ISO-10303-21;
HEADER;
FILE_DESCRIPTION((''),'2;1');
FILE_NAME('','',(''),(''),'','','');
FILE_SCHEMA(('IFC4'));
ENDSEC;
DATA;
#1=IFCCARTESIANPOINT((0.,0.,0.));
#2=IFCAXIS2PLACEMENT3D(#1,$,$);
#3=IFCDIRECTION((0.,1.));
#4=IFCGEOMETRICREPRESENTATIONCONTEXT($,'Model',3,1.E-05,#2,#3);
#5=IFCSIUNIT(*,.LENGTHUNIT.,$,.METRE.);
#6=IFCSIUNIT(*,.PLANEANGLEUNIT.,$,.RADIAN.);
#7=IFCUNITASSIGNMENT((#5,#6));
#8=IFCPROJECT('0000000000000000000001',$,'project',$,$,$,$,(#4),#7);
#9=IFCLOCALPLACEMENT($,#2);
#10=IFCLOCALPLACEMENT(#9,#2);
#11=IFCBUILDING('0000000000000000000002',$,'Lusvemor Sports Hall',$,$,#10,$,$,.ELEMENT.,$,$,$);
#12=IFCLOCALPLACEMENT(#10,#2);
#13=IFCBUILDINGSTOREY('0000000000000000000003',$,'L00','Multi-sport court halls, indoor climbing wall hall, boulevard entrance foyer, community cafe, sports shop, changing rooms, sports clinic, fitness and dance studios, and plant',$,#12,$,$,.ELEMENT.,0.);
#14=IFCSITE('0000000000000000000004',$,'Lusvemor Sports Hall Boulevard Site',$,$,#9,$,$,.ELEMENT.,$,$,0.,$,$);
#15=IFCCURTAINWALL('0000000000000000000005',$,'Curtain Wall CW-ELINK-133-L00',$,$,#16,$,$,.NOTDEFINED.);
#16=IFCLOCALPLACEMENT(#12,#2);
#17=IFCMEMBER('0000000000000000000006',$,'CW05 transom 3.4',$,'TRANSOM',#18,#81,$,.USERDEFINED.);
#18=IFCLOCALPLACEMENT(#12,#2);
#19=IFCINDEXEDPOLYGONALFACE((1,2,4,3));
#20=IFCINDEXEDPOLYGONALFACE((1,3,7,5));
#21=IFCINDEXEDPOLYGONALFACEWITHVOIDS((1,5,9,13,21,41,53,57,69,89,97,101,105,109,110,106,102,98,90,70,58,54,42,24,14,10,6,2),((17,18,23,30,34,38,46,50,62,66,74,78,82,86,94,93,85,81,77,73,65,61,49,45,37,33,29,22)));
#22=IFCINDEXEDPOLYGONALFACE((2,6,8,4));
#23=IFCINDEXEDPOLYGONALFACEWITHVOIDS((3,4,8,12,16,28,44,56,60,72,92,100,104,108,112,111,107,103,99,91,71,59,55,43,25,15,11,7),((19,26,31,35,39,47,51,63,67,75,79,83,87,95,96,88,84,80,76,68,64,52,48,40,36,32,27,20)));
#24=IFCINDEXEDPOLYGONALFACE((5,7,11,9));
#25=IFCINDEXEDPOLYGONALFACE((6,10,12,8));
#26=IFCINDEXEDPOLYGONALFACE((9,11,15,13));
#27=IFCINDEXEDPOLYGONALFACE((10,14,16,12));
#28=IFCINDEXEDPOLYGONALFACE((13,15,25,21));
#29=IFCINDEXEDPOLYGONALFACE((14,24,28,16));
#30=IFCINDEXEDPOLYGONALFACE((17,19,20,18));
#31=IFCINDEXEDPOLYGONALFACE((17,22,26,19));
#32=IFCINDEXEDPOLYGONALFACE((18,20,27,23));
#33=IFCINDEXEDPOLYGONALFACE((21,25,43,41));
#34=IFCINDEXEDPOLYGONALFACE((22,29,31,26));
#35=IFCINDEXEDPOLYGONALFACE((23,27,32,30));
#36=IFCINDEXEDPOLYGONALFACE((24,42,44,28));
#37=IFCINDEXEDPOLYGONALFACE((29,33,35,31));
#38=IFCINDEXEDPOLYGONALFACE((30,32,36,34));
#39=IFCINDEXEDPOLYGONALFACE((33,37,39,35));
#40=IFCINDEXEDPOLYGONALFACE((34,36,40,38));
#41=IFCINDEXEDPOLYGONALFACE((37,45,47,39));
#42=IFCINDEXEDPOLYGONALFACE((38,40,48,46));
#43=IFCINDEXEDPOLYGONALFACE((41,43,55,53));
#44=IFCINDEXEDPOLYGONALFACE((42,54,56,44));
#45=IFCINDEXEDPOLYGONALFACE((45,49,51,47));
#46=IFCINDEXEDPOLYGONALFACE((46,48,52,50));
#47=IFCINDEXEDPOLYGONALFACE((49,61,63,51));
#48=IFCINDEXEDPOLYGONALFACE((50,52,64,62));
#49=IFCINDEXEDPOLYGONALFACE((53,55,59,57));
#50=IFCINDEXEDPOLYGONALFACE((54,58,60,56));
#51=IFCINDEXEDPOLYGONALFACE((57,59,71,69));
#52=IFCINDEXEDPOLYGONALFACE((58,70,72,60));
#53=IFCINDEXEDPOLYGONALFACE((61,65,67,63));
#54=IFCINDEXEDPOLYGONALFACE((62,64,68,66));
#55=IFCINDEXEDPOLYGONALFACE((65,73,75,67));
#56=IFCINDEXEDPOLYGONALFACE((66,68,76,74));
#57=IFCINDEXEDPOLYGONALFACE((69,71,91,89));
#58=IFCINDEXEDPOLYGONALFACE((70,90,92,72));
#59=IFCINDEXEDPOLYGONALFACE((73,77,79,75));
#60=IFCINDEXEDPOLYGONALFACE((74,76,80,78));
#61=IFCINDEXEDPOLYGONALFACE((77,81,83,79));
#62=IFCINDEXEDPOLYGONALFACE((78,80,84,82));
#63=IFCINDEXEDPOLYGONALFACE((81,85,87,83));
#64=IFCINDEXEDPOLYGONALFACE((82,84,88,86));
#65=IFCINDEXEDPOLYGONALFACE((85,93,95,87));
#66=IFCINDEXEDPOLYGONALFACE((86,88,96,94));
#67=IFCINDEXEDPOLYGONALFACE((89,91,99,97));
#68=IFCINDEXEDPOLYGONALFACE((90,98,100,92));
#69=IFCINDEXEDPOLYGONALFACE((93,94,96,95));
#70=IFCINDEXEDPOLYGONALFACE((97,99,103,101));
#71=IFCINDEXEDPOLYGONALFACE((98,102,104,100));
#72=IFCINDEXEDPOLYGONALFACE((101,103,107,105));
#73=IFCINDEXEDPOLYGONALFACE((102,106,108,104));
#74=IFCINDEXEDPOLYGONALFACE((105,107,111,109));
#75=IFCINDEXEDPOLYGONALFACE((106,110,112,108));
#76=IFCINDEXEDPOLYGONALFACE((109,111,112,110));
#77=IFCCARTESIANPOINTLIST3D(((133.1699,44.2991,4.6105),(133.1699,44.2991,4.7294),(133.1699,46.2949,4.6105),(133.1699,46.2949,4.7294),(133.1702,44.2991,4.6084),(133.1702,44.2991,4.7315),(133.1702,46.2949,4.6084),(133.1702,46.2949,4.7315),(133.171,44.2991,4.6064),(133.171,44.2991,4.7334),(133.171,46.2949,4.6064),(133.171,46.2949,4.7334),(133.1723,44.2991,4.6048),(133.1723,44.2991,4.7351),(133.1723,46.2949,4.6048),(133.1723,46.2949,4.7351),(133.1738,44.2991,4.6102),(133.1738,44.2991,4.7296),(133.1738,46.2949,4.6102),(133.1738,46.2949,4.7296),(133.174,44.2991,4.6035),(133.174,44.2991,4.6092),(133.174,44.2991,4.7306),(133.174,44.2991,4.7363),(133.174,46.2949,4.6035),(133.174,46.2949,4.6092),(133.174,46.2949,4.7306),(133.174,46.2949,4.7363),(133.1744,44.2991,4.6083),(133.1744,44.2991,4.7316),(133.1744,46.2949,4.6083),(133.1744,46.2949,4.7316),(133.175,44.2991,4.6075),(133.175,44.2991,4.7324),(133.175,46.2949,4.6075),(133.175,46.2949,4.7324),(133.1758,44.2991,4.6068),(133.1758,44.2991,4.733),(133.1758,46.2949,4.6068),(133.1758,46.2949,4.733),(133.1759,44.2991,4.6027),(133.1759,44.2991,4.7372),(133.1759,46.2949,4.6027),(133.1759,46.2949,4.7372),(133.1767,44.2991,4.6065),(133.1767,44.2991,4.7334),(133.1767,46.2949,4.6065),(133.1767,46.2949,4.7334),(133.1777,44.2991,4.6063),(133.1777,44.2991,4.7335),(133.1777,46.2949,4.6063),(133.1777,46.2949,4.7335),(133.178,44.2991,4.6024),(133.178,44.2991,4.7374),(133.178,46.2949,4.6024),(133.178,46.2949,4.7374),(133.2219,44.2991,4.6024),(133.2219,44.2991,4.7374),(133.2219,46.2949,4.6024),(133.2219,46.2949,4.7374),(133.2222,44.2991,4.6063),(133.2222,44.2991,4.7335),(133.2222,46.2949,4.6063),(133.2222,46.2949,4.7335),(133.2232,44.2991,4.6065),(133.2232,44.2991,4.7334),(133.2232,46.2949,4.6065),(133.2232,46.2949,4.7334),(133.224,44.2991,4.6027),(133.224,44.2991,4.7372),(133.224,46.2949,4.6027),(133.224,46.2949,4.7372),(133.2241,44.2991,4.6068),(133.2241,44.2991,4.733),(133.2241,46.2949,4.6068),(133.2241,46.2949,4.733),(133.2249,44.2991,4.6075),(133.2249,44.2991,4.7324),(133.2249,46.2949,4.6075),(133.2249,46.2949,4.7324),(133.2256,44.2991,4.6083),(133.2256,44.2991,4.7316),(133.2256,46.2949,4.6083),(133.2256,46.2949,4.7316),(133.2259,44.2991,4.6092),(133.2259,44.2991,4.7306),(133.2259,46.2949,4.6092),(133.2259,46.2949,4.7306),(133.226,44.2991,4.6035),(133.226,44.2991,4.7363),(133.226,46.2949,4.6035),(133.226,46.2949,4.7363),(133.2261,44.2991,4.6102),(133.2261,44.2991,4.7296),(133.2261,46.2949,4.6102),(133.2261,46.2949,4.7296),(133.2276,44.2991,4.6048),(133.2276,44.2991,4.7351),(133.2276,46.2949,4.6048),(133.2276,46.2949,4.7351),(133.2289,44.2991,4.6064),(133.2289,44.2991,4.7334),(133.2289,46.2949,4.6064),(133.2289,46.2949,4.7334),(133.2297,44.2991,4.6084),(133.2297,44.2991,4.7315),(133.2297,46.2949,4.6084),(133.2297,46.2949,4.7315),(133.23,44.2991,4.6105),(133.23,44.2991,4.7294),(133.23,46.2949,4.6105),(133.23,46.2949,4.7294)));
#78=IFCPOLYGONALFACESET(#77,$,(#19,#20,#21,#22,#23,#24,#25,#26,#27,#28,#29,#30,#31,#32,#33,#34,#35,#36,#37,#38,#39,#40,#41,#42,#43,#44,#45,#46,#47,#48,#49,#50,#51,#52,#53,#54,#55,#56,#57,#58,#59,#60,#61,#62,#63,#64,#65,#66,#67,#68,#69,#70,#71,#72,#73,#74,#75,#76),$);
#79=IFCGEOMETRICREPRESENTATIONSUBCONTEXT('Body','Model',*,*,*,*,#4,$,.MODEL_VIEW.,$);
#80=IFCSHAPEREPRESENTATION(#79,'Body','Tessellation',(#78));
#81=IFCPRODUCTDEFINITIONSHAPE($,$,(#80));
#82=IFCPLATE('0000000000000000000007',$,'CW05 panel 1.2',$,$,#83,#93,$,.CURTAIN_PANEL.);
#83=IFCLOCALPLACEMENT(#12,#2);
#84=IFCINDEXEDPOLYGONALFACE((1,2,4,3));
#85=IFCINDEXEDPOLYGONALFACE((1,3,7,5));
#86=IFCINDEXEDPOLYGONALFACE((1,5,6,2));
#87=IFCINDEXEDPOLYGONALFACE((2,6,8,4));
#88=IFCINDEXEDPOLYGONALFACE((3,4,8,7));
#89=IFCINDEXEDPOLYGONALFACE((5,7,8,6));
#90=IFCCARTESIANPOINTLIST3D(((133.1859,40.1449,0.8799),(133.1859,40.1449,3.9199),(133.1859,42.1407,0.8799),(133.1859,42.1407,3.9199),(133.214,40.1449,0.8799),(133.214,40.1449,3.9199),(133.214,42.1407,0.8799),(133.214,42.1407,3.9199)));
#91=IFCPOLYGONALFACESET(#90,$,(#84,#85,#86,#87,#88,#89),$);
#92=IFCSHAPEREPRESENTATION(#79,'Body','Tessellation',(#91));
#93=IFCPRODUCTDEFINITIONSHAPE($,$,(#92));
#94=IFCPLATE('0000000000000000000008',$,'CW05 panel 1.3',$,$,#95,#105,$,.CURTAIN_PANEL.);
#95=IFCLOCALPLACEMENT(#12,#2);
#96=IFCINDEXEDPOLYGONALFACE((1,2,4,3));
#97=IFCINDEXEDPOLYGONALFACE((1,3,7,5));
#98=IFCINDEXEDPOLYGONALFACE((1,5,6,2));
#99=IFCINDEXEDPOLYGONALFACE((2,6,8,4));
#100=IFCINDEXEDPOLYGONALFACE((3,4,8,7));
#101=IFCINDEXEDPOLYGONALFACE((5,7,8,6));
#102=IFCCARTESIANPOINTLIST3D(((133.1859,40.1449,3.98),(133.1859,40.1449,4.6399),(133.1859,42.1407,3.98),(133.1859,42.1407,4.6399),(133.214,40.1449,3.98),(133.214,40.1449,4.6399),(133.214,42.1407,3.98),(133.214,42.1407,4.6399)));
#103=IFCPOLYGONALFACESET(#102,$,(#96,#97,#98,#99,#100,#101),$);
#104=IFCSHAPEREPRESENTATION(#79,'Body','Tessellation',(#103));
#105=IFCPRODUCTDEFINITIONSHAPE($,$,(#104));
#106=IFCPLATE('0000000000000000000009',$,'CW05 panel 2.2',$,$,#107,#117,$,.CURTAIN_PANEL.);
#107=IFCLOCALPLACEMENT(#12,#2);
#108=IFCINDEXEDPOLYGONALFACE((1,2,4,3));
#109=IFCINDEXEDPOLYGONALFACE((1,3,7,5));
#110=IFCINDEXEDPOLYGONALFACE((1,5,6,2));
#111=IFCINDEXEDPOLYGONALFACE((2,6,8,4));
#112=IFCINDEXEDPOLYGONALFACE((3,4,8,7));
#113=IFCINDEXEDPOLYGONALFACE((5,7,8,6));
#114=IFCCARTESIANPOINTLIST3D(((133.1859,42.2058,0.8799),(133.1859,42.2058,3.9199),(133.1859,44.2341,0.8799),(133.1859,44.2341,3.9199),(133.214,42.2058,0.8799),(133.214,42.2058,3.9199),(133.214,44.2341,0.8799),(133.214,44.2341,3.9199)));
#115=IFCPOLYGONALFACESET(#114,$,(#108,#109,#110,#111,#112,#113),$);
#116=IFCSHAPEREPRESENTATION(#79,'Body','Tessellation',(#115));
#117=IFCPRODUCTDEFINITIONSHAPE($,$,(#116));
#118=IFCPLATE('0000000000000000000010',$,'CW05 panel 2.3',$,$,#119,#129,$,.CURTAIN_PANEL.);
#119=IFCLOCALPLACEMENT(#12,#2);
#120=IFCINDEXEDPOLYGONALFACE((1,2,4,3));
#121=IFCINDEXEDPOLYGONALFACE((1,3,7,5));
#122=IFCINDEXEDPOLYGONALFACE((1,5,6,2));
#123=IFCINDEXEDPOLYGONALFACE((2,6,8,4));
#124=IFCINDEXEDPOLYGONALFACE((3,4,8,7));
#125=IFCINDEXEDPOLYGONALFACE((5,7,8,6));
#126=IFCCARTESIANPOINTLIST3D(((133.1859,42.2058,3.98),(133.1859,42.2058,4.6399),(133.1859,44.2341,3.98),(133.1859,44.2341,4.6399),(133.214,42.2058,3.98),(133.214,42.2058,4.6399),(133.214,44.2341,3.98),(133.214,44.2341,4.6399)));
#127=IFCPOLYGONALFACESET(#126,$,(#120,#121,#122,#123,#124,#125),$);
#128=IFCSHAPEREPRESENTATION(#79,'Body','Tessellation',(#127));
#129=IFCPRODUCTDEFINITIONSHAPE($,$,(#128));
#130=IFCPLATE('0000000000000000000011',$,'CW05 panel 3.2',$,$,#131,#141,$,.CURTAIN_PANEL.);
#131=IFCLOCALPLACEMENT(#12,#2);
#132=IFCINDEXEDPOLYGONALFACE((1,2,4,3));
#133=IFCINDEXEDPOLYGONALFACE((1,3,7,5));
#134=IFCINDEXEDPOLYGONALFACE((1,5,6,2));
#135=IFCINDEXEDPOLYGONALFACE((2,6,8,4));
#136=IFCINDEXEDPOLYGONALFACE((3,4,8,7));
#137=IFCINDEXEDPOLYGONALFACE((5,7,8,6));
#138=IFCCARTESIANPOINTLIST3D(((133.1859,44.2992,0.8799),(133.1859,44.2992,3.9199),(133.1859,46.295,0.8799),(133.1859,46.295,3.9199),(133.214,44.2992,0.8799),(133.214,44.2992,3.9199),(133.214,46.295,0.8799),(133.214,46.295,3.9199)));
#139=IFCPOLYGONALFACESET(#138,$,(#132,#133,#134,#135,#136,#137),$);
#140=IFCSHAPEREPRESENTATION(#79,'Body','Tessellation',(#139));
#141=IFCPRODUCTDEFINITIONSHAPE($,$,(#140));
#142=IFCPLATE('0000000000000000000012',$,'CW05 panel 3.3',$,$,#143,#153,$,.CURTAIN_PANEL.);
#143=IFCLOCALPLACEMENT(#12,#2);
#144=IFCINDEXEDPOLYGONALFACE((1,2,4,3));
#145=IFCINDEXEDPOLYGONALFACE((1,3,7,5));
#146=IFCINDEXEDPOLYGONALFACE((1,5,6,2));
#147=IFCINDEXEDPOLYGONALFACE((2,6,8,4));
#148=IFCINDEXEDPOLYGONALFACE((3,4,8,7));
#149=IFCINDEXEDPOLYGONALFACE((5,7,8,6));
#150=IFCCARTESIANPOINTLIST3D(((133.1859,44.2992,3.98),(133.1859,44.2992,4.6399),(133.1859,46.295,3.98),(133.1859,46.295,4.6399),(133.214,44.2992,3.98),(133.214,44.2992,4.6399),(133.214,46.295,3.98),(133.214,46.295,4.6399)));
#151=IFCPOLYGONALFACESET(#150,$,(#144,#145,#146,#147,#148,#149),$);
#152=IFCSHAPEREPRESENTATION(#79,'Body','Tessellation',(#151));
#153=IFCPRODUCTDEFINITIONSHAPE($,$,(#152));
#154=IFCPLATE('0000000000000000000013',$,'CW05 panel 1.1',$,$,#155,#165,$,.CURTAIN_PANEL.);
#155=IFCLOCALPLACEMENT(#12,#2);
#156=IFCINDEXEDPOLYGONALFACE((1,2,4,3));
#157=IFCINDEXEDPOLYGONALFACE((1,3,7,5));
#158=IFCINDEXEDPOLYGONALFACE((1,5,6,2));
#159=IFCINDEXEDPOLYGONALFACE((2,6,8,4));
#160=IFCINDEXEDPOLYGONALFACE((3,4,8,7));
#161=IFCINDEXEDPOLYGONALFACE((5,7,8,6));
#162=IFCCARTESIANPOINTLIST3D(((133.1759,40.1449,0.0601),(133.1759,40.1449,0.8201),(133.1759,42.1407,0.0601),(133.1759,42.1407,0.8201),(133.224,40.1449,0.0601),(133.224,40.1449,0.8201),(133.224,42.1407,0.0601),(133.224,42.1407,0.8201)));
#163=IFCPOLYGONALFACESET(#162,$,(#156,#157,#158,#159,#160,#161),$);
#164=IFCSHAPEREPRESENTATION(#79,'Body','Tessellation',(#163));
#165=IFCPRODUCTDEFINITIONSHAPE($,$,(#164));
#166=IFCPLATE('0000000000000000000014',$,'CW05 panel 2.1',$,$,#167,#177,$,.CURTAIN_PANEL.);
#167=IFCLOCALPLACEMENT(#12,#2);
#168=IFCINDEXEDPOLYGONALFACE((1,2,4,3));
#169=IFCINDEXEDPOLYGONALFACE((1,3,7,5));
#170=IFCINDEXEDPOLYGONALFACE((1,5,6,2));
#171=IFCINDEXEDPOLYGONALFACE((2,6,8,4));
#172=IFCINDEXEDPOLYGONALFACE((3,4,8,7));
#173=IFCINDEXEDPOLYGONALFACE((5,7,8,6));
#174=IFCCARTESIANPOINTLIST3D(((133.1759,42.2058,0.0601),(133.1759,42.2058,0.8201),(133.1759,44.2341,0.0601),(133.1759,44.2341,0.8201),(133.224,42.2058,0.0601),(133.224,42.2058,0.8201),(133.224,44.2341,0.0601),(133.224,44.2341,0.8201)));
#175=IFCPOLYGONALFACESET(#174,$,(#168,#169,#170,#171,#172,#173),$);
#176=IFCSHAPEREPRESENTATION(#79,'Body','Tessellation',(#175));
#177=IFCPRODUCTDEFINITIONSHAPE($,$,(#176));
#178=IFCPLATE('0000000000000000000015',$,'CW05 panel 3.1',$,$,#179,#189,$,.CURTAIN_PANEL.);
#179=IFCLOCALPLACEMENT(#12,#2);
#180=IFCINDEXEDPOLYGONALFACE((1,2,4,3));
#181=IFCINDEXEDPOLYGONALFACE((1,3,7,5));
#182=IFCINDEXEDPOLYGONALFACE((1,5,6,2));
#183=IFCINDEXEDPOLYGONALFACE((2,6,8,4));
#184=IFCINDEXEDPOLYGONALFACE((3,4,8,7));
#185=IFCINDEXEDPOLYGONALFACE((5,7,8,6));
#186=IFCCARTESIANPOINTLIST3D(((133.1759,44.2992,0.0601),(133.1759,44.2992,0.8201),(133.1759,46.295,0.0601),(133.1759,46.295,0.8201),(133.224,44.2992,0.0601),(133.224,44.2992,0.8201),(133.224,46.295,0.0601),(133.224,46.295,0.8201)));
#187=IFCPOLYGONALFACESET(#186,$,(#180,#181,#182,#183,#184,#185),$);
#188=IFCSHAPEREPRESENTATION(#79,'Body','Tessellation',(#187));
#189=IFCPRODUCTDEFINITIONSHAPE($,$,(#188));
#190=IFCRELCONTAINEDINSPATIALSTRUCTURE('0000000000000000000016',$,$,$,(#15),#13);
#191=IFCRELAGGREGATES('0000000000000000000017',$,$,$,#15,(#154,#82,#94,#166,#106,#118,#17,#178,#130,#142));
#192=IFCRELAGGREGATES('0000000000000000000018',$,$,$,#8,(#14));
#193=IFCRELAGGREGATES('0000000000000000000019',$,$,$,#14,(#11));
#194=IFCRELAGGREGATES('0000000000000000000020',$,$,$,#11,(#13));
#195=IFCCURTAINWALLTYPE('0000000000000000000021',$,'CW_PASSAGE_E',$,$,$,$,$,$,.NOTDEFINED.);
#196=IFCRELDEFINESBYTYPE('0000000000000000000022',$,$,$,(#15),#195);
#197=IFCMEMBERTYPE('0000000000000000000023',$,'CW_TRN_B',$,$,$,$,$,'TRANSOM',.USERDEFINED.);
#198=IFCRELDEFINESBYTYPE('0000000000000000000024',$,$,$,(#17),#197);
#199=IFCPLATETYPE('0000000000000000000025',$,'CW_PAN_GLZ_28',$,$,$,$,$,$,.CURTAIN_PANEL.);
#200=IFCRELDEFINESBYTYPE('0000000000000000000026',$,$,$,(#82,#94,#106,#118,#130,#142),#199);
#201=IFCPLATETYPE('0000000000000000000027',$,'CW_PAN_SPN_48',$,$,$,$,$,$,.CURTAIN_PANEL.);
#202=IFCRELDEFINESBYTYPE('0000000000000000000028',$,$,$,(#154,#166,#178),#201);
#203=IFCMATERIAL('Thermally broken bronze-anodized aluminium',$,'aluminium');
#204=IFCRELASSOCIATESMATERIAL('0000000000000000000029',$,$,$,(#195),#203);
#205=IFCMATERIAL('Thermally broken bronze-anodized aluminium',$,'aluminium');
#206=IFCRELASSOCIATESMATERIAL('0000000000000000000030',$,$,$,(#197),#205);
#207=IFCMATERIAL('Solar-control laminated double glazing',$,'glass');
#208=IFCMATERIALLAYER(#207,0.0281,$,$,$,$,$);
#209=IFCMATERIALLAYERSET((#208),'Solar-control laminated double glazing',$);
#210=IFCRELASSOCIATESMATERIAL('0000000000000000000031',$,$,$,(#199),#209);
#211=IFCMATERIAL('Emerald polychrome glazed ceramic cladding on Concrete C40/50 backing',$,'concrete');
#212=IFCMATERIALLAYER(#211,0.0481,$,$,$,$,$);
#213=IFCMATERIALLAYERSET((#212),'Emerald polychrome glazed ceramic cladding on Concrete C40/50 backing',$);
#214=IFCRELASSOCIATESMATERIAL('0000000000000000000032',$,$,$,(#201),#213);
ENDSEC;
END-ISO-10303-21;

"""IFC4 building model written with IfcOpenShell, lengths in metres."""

from ifc_helpers import new_model, si_unit, direction, frame, origin, origin_2d, place, context, subcontext, project, spatial, rectangle, hollow_rectangle, extrude, material, layer, layer_set, material_profile, profile_set, type_object, element, aggregate, save


model = new_model("IFC4")

# Units and contexts
model_context = context("Model", 3, precision=1e-05, world=origin(), true_north=direction((0.0, 1.0)))
body_context = subcontext(model_context, "Body", "Model", "MODEL_VIEW")
ifc_project = project(units=[si_unit("LENGTHUNIT", "METRE"), si_unit("PLANEANGLEUNIT", "RADIAN")], contexts=[model_context])

# Site, building, storey
site_placement = place(None, origin())
site = spatial("IfcSite", under=ifc_project, at=site_placement, Name="Lusvemor Sports Hall Boulevard Site", CompositionType="ELEMENT", RefElevation=0.0)
building_placement = place(site_placement, origin())
building = spatial("IfcBuilding", under=site, at=building_placement, Name="Lusvemor Sports Hall", CompositionType="ELEMENT")
storey_placement = place(building_placement, origin())
storey = spatial("IfcBuildingStorey", under=building, at=storey_placement, Name="L00", Description="Multi-sport court halls, indoor climbing wall hall, boulevard entrance foyer, community cafe, sports shop, changing rooms, sports clinic, fitness and dance studios, and plant", CompositionType="ELEMENT", Elevation=0.0)

# Curtain wall, member, plates
ifc_material_1 = material(Name="Thermally broken bronze-anodized aluminium", Category="aluminium")
curtain_wall_type = type_object("IfcCurtainWallType", Name="CW_PASSAGE_E", PredefinedType="NOTDEFINED", material=ifc_material_1)
curtain_wall_placement = place(storey_placement, origin())
curtain_wall = element("IfcCurtainWall", 1, at=curtain_wall_placement, inside=storey, type_object=curtain_wall_type, Name="Curtain Wall CW-ELINK-133-L00", PredefinedType="NOTDEFINED")
ifc_material_2 = material(Name="Thermally broken bronze-anodized aluminium", Category="aluminium")
ifc_material_profile_1 = material_profile(ifc_material_2, hollow_rectangle(XDim=0.0601, YDim=0.135, WallThickness=0.0039, InnerFilletRadius=0.0039, OuterFilletRadius=0.0081, at=origin_2d()), Name="CWTRN135x60x4")
ifc_profile_set_1 = profile_set([ifc_material_profile_1], Name="Thermally broken bronze-anodized aluminium")
member_type_1 = type_object("IfcMemberType", Name="CW_TRN_B", ElementType="TRANSOM", PredefinedType="USERDEFINED", material=ifc_profile_set_1)
member_1_placement = place(storey_placement, frame((133.2, 44.2991, 4.6699), z_axis=(0.0, 1.0, 0.0), x_axis=(-1.0, 0.0, 0.0)))
member_1 = element("IfcMember", 2, at=member_1_placement, type_object=member_type_1, Name="CW05 transom 3.4", ObjectType="TRANSOM", PredefinedType="USERDEFINED", context=body_context, shape_type="SweptSolid", body=[
    extrude(hollow_rectangle(XDim=0.0601, YDim=0.135, WallThickness=0.0039, InnerFilletRadius=0.0039, OuterFilletRadius=0.0081, at=origin_2d()), origin(), (0.0, 0.0, 1.0), 1.9958),
])
ifc_material_3 = material(Name="Solar-control laminated double glazing", Category="glass")
ifc_layer_1 = layer(ifc_material_3, 0.0281)
ifc_layer_set_1 = layer_set([ifc_layer_1], Name="Solar-control laminated double glazing")
plate_type_1 = type_object("IfcPlateType", Name="CW_PAN_GLZ_28", PredefinedType="CURTAIN_PANEL", material=ifc_layer_set_1)
plate_1_placement = place(storey_placement, frame((133.2, 41.1428, 0.8799), z_axis=(0.0, 0.0, 1.0), x_axis=(0.0, 1.0, 0.0)))
plate_1 = element("IfcPlate", 3, at=plate_1_placement, type_object=plate_type_1, Name="CW05 panel 1.2", PredefinedType="CURTAIN_PANEL", context=body_context, shape_type="SweptSolid", body=[
    extrude(rectangle(XDim=1.9958, YDim=0.0281, at=origin_2d()), origin(), (0.0, 0.0, 1.0), 3.04),
])
plate_2_placement = place(storey_placement, frame((133.2, 41.1428, 3.98), z_axis=(0.0, 0.0, 1.0), x_axis=(0.0, 1.0, 0.0)))
plate_2 = element("IfcPlate", 4, at=plate_2_placement, type_object=plate_type_1, Name="CW05 panel 1.3", PredefinedType="CURTAIN_PANEL", context=body_context, shape_type="SweptSolid", body=[
    extrude(rectangle(XDim=1.9958, YDim=0.0281, at=origin_2d()), origin(), (0.0, 0.0, 1.0), 0.6599),
])
plate_3_placement = place(storey_placement, frame((133.2, 43.22, 0.8799), z_axis=(0.0, 0.0, 1.0), x_axis=(0.0, 1.0, 0.0)))
plate_3 = element("IfcPlate", 5, at=plate_3_placement, type_object=plate_type_1, Name="CW05 panel 2.2", PredefinedType="CURTAIN_PANEL", context=body_context, shape_type="SweptSolid", body=[
    extrude(rectangle(XDim=2.0283, YDim=0.0281, at=origin_2d()), origin(), (0.0, 0.0, 1.0), 3.04),
])
plate_4_placement = place(storey_placement, frame((133.2, 43.22, 3.98), z_axis=(0.0, 0.0, 1.0), x_axis=(0.0, 1.0, 0.0)))
plate_4 = element("IfcPlate", 6, at=plate_4_placement, type_object=plate_type_1, Name="CW05 panel 2.3", PredefinedType="CURTAIN_PANEL", context=body_context, shape_type="SweptSolid", body=[
    extrude(rectangle(XDim=2.0283, YDim=0.0281, at=origin_2d()), origin(), (0.0, 0.0, 1.0), 0.6599),
])
plate_5_placement = place(storey_placement, frame((133.2, 45.2971, 0.8799), z_axis=(0.0, 0.0, 1.0), x_axis=(0.0, 1.0, 0.0)))
plate_5 = element("IfcPlate", 7, at=plate_5_placement, type_object=plate_type_1, Name="CW05 panel 3.2", PredefinedType="CURTAIN_PANEL", context=body_context, shape_type="SweptSolid", body=[
    extrude(rectangle(XDim=1.9958, YDim=0.0281, at=origin_2d()), origin(), (0.0, 0.0, 1.0), 3.04),
])
plate_6_placement = place(storey_placement, frame((133.2, 45.2971, 3.98), z_axis=(0.0, 0.0, 1.0), x_axis=(0.0, 1.0, 0.0)))
plate_6 = element("IfcPlate", 8, at=plate_6_placement, type_object=plate_type_1, Name="CW05 panel 3.3", PredefinedType="CURTAIN_PANEL", context=body_context, shape_type="SweptSolid", body=[
    extrude(rectangle(XDim=1.9958, YDim=0.0281, at=origin_2d()), origin(), (0.0, 0.0, 1.0), 0.6599),
])
ifc_material_4 = material(Name="Emerald polychrome glazed ceramic cladding on Concrete C40/50 backing", Category="concrete")
ifc_layer_2 = layer(ifc_material_4, 0.0481)
ifc_layer_set_2 = layer_set([ifc_layer_2], Name="Emerald polychrome glazed ceramic cladding on Concrete C40/50 backing")
plate_type_2 = type_object("IfcPlateType", Name="CW_PAN_SPN_48", PredefinedType="CURTAIN_PANEL", material=ifc_layer_set_2)
plate_7_placement = place(storey_placement, frame((133.2, 41.1428, 0.0601), z_axis=(0.0, 0.0, 1.0), x_axis=(0.0, 1.0, 0.0)))
plate_7 = element("IfcPlate", 9, at=plate_7_placement, type_object=plate_type_2, Name="CW05 panel 1.1", PredefinedType="CURTAIN_PANEL", context=body_context, shape_type="SweptSolid", body=[
    extrude(rectangle(XDim=1.9958, YDim=0.0481, at=origin_2d()), origin(), (0.0, 0.0, 1.0), 0.76),
])
plate_8_placement = place(storey_placement, frame((133.2, 43.22, 0.0601), z_axis=(0.0, 0.0, 1.0), x_axis=(0.0, 1.0, 0.0)))
plate_8 = element("IfcPlate", 10, at=plate_8_placement, type_object=plate_type_2, Name="CW05 panel 2.1", PredefinedType="CURTAIN_PANEL", context=body_context, shape_type="SweptSolid", body=[
    extrude(rectangle(XDim=2.0283, YDim=0.0481, at=origin_2d()), origin(), (0.0, 0.0, 1.0), 0.76),
])
plate_9_placement = place(storey_placement, frame((133.2, 45.2971, 0.0601), z_axis=(0.0, 0.0, 1.0), x_axis=(0.0, 1.0, 0.0)))
plate_9 = element("IfcPlate", 11, at=plate_9_placement, type_object=plate_type_2, Name="CW05 panel 3.1", PredefinedType="CURTAIN_PANEL", context=body_context, shape_type="SweptSolid", body=[
    extrude(rectangle(XDim=1.9958, YDim=0.0481, at=origin_2d()), origin(), (0.0, 0.0, 1.0), 0.76),
])
aggregate(curtain_wall, [plate_7, plate_1, plate_2, plate_8, plate_3, plate_4, member_1, plate_9, plate_5, plate_6])

save(model, "model.ifc")
